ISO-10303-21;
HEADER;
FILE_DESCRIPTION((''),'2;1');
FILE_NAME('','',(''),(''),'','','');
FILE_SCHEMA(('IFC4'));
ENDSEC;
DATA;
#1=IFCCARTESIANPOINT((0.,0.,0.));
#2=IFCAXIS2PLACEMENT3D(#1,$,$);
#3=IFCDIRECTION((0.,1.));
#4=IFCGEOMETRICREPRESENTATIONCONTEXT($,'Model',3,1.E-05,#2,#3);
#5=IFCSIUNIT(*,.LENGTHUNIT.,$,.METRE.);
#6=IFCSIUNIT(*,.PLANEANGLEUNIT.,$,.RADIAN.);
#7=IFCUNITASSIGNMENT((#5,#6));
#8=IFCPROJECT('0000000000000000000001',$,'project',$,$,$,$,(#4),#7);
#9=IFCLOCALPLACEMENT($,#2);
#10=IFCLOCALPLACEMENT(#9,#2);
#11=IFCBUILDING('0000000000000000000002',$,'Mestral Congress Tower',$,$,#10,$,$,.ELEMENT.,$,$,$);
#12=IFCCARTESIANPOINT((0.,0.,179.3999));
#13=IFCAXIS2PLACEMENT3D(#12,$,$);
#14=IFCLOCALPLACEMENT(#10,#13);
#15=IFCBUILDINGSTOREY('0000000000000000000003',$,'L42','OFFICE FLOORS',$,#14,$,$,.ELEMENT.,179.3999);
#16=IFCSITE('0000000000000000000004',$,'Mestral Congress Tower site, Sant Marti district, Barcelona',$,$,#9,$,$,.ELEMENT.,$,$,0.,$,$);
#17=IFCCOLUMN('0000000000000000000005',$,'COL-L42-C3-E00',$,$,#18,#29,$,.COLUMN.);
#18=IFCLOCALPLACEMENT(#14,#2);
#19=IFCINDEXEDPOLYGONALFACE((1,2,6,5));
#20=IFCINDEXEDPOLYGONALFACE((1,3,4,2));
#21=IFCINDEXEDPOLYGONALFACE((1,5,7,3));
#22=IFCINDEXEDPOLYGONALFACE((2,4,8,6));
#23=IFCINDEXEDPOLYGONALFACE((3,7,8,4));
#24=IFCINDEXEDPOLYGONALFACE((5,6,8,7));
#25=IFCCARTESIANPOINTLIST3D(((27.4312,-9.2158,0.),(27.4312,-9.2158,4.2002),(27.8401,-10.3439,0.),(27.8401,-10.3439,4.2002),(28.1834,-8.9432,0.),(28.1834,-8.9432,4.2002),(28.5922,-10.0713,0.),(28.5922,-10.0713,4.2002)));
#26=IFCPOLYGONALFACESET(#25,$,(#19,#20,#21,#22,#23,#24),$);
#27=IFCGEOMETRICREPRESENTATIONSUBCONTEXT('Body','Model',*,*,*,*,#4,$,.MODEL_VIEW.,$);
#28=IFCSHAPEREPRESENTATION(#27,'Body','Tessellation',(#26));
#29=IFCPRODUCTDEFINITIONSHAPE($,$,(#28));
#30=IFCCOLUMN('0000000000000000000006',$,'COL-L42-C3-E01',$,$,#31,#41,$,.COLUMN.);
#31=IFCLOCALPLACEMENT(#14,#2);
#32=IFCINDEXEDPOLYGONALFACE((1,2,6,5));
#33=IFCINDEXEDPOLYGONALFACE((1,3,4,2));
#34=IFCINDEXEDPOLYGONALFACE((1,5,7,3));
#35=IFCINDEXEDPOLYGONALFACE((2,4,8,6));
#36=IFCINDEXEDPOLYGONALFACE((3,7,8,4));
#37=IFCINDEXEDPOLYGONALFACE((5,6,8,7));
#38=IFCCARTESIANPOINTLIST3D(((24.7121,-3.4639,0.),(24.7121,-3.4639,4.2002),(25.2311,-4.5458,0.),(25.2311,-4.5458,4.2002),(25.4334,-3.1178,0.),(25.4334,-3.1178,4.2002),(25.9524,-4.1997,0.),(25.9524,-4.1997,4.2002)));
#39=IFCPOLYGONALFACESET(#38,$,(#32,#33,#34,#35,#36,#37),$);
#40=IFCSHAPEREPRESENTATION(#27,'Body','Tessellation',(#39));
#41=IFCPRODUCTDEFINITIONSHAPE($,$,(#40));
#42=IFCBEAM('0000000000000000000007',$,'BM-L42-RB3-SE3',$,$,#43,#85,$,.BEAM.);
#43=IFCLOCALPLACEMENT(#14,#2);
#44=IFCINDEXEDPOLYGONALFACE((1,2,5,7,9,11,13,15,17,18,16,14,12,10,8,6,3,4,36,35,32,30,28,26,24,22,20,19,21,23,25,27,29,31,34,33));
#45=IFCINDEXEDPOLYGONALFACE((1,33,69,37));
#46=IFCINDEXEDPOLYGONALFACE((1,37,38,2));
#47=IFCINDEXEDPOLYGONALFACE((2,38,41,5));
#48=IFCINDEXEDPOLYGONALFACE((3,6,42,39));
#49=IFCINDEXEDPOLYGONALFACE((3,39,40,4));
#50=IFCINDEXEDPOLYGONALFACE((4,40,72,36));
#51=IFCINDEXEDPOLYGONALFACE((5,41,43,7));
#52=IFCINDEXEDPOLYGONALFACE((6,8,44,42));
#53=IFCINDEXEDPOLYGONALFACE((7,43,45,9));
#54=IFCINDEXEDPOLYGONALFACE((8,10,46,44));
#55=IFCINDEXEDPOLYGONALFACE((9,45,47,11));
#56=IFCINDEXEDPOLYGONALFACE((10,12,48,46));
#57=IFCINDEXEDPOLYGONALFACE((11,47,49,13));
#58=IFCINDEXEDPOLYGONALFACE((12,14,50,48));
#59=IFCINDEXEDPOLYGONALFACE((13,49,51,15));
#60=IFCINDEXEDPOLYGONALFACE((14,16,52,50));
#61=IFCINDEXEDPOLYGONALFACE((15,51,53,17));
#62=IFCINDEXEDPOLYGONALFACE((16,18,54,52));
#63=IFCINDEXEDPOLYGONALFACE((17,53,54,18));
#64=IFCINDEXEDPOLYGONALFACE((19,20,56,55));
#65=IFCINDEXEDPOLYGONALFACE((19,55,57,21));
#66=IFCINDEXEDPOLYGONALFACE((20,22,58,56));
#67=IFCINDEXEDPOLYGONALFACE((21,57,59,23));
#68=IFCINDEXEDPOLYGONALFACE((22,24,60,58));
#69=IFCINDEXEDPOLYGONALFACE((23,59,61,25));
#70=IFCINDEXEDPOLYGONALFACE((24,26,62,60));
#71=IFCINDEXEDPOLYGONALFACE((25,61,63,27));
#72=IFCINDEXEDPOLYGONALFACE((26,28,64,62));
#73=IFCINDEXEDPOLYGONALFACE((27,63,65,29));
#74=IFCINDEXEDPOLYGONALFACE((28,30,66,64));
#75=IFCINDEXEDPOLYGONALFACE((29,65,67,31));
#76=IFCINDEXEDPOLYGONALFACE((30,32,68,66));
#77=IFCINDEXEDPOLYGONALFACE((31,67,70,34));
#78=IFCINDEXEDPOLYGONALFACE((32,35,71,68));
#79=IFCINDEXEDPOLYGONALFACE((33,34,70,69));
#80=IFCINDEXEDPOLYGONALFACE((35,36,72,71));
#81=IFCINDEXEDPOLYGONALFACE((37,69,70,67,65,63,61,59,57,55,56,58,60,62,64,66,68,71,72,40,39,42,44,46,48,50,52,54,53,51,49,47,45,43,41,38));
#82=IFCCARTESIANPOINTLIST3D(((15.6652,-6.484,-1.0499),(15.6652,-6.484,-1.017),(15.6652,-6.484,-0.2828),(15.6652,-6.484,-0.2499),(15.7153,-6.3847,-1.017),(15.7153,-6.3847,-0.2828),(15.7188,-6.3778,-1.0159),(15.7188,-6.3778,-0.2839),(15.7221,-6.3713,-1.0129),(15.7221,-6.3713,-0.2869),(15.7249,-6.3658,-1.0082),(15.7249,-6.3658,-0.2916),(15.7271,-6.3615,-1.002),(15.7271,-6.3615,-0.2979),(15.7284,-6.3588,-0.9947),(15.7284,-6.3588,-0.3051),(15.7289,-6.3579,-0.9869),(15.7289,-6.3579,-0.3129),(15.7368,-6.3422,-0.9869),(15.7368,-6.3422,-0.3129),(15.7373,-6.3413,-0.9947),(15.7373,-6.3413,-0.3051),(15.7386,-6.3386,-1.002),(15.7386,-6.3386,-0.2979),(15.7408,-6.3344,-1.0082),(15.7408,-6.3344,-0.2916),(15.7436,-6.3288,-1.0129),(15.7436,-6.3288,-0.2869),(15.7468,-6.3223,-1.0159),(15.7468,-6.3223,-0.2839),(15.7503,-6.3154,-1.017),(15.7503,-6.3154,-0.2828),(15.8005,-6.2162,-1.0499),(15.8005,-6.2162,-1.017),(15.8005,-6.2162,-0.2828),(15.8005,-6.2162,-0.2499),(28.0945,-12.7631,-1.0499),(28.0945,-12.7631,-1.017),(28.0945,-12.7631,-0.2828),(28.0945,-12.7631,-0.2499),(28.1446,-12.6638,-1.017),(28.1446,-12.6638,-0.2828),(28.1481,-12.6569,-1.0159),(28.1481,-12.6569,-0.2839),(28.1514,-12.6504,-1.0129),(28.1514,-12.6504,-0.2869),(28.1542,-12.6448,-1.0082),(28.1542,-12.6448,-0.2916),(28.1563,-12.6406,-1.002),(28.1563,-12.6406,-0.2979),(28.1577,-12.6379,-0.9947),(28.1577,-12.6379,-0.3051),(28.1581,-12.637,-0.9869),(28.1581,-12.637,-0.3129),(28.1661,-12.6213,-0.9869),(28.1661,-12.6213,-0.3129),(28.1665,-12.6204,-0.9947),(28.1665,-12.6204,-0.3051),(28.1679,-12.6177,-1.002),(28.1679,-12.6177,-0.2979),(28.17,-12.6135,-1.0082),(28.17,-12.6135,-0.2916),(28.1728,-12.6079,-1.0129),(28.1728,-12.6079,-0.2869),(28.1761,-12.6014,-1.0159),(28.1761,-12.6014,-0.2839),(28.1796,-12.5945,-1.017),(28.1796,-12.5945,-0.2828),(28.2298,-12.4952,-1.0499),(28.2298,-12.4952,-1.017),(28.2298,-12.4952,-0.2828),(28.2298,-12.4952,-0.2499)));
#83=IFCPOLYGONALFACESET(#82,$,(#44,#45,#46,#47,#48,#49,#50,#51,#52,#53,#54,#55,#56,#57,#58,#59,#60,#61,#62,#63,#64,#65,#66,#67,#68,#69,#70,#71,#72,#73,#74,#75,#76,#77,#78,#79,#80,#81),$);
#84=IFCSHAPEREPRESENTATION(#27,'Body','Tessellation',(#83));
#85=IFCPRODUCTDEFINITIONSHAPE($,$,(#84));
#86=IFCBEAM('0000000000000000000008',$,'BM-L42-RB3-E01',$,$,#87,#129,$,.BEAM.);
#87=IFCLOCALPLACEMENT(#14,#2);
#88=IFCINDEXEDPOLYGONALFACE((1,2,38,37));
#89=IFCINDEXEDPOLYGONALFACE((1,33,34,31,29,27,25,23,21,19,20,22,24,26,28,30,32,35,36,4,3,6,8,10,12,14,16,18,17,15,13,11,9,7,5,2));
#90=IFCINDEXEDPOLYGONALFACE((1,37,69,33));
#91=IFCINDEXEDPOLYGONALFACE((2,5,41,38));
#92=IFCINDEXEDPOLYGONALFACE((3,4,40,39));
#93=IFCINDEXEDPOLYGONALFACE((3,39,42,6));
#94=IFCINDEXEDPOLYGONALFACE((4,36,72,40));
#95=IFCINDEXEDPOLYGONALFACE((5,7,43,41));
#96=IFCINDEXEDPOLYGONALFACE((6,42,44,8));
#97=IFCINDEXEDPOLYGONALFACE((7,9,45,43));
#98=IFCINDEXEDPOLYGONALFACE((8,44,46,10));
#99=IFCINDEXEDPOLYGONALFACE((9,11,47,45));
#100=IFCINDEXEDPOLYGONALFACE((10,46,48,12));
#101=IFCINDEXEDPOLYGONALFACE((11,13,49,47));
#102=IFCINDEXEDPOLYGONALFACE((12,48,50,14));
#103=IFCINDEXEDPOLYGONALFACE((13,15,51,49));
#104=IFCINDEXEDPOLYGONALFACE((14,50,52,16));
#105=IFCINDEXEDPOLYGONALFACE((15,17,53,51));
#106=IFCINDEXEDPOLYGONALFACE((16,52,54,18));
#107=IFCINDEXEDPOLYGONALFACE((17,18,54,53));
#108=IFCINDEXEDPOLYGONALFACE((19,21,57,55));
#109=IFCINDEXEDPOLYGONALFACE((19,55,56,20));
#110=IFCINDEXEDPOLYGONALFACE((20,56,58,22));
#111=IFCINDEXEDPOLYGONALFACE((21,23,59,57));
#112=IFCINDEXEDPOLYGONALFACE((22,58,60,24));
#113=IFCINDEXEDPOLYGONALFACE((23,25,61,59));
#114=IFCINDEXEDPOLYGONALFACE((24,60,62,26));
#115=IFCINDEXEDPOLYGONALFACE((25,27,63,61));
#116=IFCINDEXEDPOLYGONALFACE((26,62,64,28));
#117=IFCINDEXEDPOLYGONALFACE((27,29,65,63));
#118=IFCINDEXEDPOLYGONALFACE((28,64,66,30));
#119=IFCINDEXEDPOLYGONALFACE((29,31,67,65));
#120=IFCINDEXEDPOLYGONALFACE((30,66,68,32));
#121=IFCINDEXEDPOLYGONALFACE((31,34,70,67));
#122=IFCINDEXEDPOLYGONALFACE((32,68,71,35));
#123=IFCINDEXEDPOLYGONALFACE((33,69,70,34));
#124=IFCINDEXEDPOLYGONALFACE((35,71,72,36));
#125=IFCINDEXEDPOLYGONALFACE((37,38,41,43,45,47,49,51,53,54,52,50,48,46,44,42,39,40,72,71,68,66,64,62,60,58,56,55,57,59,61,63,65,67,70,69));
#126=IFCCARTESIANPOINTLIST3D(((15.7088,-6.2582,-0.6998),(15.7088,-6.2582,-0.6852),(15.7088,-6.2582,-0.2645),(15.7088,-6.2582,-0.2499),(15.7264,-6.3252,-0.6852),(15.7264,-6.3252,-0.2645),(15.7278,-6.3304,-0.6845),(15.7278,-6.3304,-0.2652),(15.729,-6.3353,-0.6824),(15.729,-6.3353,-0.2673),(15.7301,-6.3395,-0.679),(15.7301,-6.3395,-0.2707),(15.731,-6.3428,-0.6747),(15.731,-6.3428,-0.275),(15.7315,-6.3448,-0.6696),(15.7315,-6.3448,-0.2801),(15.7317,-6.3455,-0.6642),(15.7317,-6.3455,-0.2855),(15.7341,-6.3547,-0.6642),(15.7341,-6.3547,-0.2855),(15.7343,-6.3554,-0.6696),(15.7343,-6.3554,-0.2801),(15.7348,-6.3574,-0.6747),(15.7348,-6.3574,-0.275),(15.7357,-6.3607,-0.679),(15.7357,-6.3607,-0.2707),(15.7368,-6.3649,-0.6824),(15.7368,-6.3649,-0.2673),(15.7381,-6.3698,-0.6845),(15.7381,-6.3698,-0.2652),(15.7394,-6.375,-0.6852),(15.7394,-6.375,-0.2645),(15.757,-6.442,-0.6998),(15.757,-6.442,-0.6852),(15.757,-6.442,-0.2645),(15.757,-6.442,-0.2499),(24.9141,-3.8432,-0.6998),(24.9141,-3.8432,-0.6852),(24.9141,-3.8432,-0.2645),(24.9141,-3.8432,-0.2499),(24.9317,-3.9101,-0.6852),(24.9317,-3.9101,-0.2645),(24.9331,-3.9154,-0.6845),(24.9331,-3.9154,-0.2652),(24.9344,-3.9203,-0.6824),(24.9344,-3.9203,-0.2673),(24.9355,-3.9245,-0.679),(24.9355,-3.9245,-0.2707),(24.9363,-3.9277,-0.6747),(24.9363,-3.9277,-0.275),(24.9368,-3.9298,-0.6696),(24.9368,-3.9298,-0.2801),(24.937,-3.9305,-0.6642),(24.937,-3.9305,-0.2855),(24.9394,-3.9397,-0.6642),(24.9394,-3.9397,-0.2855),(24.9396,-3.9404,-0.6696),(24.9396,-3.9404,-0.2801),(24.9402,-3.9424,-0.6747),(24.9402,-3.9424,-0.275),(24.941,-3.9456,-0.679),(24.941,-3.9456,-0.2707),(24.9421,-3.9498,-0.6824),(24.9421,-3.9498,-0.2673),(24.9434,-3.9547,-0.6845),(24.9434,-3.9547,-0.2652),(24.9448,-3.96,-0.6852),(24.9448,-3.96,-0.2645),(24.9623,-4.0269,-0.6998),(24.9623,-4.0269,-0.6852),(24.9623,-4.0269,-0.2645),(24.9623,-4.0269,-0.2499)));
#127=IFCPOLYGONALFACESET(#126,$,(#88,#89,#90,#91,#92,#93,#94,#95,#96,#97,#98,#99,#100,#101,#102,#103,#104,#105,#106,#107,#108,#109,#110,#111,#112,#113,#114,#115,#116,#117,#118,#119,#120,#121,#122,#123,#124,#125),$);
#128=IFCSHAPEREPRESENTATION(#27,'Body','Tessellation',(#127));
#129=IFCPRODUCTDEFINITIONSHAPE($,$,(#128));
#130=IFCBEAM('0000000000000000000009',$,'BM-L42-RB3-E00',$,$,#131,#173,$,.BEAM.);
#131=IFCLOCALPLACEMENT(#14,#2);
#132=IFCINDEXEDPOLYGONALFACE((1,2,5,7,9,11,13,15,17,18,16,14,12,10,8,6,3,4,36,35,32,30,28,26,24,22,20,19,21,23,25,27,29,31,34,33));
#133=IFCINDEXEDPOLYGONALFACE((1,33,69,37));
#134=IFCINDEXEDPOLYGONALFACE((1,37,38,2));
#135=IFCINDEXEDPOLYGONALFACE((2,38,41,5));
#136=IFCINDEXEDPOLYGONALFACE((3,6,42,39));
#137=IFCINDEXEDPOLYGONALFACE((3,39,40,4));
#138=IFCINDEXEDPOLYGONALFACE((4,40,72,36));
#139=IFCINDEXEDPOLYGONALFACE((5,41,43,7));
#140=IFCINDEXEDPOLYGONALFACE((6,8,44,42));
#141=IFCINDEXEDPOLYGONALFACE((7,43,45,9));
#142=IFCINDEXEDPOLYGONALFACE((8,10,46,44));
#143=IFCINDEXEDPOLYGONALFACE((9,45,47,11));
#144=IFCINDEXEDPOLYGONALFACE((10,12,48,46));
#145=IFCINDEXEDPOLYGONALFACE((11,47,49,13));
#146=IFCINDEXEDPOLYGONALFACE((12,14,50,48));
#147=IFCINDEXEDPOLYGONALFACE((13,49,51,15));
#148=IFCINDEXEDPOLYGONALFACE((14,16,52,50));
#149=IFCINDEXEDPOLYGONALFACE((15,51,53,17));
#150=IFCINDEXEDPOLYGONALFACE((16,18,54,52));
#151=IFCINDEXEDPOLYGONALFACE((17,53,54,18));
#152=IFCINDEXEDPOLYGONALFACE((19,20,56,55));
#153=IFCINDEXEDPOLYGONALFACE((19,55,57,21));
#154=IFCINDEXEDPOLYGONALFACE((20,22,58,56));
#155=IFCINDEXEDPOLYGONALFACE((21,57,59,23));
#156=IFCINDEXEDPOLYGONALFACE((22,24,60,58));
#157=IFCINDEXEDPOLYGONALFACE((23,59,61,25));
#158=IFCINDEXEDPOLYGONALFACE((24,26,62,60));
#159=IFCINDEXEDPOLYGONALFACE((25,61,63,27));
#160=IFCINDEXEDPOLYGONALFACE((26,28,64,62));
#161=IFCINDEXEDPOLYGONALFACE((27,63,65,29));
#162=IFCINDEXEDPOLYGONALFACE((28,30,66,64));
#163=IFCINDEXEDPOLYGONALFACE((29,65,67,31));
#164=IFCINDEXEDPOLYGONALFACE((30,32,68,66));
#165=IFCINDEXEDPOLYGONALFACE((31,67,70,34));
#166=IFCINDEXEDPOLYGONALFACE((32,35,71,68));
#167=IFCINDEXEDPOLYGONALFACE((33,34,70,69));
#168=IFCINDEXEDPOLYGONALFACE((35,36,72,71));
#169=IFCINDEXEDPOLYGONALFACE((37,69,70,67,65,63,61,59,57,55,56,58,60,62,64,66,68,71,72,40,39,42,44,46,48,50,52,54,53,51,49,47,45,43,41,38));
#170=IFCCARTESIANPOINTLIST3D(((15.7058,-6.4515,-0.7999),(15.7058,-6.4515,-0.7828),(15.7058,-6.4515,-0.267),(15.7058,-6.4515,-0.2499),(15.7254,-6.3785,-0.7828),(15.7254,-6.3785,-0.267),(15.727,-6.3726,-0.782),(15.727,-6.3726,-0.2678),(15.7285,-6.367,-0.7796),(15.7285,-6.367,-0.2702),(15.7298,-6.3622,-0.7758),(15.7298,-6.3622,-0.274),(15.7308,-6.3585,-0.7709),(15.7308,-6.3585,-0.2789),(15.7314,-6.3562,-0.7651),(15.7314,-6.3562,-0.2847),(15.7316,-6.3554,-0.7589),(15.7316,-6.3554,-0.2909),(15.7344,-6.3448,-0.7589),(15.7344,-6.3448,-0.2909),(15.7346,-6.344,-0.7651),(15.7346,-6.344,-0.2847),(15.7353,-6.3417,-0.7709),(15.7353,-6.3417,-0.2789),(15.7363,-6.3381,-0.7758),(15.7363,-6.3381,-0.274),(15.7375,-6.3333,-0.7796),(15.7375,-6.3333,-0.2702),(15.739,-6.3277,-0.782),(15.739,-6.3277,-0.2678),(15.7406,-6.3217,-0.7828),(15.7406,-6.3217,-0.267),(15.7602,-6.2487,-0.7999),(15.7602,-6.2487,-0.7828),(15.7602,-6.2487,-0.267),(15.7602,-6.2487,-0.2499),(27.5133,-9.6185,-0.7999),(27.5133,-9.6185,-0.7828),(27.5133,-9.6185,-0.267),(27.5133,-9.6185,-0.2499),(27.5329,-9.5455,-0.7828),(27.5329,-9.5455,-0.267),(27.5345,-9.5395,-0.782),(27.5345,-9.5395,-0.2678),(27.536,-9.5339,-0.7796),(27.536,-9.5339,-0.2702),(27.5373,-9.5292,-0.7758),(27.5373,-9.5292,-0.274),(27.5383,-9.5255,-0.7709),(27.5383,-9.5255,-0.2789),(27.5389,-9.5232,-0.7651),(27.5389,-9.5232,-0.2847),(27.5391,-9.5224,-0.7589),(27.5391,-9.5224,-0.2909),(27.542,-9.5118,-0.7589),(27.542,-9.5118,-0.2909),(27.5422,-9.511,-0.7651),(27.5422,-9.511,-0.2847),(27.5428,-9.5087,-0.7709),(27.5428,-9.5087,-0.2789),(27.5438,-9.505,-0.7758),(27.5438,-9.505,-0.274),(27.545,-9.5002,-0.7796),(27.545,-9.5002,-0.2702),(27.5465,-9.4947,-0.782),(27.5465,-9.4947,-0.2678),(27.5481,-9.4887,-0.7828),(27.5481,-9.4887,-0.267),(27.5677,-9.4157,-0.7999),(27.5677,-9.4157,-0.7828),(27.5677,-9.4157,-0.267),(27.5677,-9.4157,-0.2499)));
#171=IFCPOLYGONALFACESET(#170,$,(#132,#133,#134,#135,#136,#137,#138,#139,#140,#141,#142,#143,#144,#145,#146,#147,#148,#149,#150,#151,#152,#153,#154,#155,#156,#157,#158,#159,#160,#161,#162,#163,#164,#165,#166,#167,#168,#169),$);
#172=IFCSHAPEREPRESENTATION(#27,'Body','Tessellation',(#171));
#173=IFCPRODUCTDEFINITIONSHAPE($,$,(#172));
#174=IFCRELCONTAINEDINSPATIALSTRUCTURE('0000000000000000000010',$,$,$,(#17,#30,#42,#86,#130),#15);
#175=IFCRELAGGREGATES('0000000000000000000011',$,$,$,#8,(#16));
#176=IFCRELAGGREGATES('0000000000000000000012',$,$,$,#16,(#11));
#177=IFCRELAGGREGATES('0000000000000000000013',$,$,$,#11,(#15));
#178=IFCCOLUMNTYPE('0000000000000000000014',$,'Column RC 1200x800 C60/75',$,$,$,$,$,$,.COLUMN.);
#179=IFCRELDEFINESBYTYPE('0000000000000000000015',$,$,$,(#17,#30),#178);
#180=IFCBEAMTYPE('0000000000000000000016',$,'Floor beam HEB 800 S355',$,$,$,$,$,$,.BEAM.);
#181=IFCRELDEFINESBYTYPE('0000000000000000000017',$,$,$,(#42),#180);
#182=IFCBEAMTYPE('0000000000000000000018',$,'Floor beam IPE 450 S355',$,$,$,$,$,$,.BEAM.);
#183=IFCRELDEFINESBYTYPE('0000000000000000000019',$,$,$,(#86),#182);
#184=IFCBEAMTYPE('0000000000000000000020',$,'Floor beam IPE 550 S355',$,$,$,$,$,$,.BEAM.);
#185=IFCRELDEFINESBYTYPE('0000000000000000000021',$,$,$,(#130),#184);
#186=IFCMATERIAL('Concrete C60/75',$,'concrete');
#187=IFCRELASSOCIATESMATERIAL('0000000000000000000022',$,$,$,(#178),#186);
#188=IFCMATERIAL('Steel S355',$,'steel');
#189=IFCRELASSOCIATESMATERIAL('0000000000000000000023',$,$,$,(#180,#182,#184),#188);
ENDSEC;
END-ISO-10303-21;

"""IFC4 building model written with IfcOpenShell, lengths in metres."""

from ifc_helpers import new_model, si_unit, direction, frame, origin, origin_2d, place, context, subcontext, project, spatial, rectangle, i_section, extrude, material, material_profile, profile_set, type_object, element, save


model = new_model("IFC4")

# Units and contexts
model_context = context("Model", 3, precision=1e-05, world=origin(), true_north=direction((0.0, 1.0)))
body_context = subcontext(model_context, "Body", "Model", "MODEL_VIEW")
ifc_project = project(units=[si_unit("LENGTHUNIT", "METRE"), si_unit("PLANEANGLEUNIT", "RADIAN")], contexts=[model_context])

# Site, building, storey
site_placement = place(None, origin())
site = spatial("IfcSite", under=ifc_project, at=site_placement, Name="Mestral Congress Tower site, Sant Marti district, Barcelona", CompositionType="ELEMENT", RefElevation=0.0)
building_placement = place(site_placement, origin())
building = spatial("IfcBuilding", under=site, at=building_placement, Name="Mestral Congress Tower", CompositionType="ELEMENT")
storey_placement = place(building_placement, frame((0.0, 0.0, 179.3999)))
storey = spatial("IfcBuildingStorey", under=building, at=storey_placement, Name="L42", Description="OFFICE FLOORS", CompositionType="ELEMENT", Elevation=179.3999)

# Columns
ifc_material_1 = material(Name="Concrete C60/75", Category="concrete")
ifc_material_profile_1 = material_profile(ifc_material_1, rectangle(XDim=1.2, YDim=0.8, at=origin_2d()), Name="RC 1200x800")
ifc_profile_set_1 = profile_set([ifc_material_profile_1], Name="Concrete C60/75")
column_type = type_object("IfcColumnType", Name="Column RC 1200x800 C60/75", PredefinedType="COLUMN", material=ifc_profile_set_1)
for number, where, z_axis, x_axis, name in (
    (1, (28.0117, -9.6436, 0.0), (0.0, 0.0, 1.0), (-0.340744, 0.940156, 0.0), "COL-L42-C3-E00"),
    (2, (25.3323, -3.8318, 0.0), (0.0, 0.0, 1.0), (-0.432522, 0.901624, 0.0), "COL-L42-C3-E01"),
):
    element("IfcColumn", number, at=place(storey_placement, frame(where, z_axis=z_axis, x_axis=x_axis)), inside=storey, type_object=column_type, Name=name, PredefinedType="COLUMN", context=body_context, shape_type="SweptSolid", body=[
        extrude(rectangle(XDim=1.2, YDim=0.8, at=origin_2d()), origin(), (0.0, 0.0, 1.0), 4.2002),
    ])

# Beams
ifc_material_2 = material(Name="Steel S355", Category="steel")
ifc_material_profile_2 = material_profile(ifc_material_2, i_section(OverallWidth=0.3, OverallDepth=0.8, WebThickness=0.0176, FlangeThickness=0.033, FilletRadius=0.03, at=origin_2d()), Name="HEB 800")
ifc_profile_set_2 = profile_set([ifc_material_profile_2], Name="Steel S355")
beam_type_1 = type_object("IfcBeamType", Name="Floor beam HEB 800 S355", PredefinedType="BEAM", material=ifc_profile_set_2)
beam_1_placement = place(storey_placement, frame((28.1621, -12.6292, -0.6499), z_axis=(-0.892568, 0.450913, 0.0), x_axis=(-0.450913, -0.892568, 0.0)))
element("IfcBeam", 3, at=beam_1_placement, inside=storey, type_object=beam_type_1, Name="BM-L42-RB3-SE3", PredefinedType="BEAM", context=body_context, shape_type="SweptSolid", body=[
    extrude(i_section(OverallWidth=0.3, OverallDepth=0.8, WebThickness=0.0176, FlangeThickness=0.033, FilletRadius=0.03, at=origin_2d()), origin(), (0.0, 0.0, 1.0), 13.9253),
])
ifc_material_profile_3 = material_profile(ifc_material_2, i_section(OverallWidth=0.1899, OverallDepth=0.45, WebThickness=0.0095, FlangeThickness=0.0146, FilletRadius=0.021, at=origin_2d()), Name="IPE 450")
ifc_profile_set_3 = profile_set([ifc_material_profile_3], Name="Steel S355")
beam_type_2 = type_object("IfcBeamType", Name="Floor beam IPE 450 S355", PredefinedType="BEAM", material=ifc_profile_set_3)
beam_2_placement = place(storey_placement, frame((24.9382, -3.9351, -0.4749), z_axis=(-0.967266, -0.253765, 0.0), x_axis=(0.253765, -0.967266, 0.0)))
element("IfcBeam", 4, at=beam_2_placement, inside=storey, type_object=beam_type_2, Name="BM-L42-RB3-E01", PredefinedType="BEAM", context=body_context, shape_type="SweptSolid", body=[
    extrude(i_section(OverallWidth=0.1899, OverallDepth=0.45, WebThickness=0.0095, FlangeThickness=0.0146, FilletRadius=0.021, at=origin_2d()), origin(), (0.0, 0.0, 1.0), 9.5168),
])
ifc_material_profile_4 = material_profile(ifc_material_2, i_section(OverallWidth=0.21, OverallDepth=0.55, WebThickness=0.011, FlangeThickness=0.0171, FilletRadius=0.0239, at=origin_2d()), Name="IPE 550")
ifc_profile_set_4 = profile_set([ifc_material_profile_4], Name="Steel S355")
beam_type_3 = type_object("IfcBeamType", Name="Floor beam IPE 550 S355", PredefinedType="BEAM", material=ifc_profile_set_4)
beam_3_placement = place(storey_placement, frame((27.5405, -9.5171, -0.5249), z_axis=(-0.965861, 0.259059, 0.0), x_axis=(-0.259059, -0.965861, 0.0)))
element("IfcBeam", 5, at=beam_3_placement, inside=storey, type_object=beam_type_3, Name="BM-L42-RB3-E00", PredefinedType="BEAM", context=body_context, shape_type="SweptSolid", body=[
    extrude(i_section(OverallWidth=0.21, OverallDepth=0.55, WebThickness=0.011, FlangeThickness=0.0171, FilletRadius=0.0239, at=origin_2d()), origin(), (0.0, 0.0, 1.0), 12.2249),
])

save(model, "model.ifc")
